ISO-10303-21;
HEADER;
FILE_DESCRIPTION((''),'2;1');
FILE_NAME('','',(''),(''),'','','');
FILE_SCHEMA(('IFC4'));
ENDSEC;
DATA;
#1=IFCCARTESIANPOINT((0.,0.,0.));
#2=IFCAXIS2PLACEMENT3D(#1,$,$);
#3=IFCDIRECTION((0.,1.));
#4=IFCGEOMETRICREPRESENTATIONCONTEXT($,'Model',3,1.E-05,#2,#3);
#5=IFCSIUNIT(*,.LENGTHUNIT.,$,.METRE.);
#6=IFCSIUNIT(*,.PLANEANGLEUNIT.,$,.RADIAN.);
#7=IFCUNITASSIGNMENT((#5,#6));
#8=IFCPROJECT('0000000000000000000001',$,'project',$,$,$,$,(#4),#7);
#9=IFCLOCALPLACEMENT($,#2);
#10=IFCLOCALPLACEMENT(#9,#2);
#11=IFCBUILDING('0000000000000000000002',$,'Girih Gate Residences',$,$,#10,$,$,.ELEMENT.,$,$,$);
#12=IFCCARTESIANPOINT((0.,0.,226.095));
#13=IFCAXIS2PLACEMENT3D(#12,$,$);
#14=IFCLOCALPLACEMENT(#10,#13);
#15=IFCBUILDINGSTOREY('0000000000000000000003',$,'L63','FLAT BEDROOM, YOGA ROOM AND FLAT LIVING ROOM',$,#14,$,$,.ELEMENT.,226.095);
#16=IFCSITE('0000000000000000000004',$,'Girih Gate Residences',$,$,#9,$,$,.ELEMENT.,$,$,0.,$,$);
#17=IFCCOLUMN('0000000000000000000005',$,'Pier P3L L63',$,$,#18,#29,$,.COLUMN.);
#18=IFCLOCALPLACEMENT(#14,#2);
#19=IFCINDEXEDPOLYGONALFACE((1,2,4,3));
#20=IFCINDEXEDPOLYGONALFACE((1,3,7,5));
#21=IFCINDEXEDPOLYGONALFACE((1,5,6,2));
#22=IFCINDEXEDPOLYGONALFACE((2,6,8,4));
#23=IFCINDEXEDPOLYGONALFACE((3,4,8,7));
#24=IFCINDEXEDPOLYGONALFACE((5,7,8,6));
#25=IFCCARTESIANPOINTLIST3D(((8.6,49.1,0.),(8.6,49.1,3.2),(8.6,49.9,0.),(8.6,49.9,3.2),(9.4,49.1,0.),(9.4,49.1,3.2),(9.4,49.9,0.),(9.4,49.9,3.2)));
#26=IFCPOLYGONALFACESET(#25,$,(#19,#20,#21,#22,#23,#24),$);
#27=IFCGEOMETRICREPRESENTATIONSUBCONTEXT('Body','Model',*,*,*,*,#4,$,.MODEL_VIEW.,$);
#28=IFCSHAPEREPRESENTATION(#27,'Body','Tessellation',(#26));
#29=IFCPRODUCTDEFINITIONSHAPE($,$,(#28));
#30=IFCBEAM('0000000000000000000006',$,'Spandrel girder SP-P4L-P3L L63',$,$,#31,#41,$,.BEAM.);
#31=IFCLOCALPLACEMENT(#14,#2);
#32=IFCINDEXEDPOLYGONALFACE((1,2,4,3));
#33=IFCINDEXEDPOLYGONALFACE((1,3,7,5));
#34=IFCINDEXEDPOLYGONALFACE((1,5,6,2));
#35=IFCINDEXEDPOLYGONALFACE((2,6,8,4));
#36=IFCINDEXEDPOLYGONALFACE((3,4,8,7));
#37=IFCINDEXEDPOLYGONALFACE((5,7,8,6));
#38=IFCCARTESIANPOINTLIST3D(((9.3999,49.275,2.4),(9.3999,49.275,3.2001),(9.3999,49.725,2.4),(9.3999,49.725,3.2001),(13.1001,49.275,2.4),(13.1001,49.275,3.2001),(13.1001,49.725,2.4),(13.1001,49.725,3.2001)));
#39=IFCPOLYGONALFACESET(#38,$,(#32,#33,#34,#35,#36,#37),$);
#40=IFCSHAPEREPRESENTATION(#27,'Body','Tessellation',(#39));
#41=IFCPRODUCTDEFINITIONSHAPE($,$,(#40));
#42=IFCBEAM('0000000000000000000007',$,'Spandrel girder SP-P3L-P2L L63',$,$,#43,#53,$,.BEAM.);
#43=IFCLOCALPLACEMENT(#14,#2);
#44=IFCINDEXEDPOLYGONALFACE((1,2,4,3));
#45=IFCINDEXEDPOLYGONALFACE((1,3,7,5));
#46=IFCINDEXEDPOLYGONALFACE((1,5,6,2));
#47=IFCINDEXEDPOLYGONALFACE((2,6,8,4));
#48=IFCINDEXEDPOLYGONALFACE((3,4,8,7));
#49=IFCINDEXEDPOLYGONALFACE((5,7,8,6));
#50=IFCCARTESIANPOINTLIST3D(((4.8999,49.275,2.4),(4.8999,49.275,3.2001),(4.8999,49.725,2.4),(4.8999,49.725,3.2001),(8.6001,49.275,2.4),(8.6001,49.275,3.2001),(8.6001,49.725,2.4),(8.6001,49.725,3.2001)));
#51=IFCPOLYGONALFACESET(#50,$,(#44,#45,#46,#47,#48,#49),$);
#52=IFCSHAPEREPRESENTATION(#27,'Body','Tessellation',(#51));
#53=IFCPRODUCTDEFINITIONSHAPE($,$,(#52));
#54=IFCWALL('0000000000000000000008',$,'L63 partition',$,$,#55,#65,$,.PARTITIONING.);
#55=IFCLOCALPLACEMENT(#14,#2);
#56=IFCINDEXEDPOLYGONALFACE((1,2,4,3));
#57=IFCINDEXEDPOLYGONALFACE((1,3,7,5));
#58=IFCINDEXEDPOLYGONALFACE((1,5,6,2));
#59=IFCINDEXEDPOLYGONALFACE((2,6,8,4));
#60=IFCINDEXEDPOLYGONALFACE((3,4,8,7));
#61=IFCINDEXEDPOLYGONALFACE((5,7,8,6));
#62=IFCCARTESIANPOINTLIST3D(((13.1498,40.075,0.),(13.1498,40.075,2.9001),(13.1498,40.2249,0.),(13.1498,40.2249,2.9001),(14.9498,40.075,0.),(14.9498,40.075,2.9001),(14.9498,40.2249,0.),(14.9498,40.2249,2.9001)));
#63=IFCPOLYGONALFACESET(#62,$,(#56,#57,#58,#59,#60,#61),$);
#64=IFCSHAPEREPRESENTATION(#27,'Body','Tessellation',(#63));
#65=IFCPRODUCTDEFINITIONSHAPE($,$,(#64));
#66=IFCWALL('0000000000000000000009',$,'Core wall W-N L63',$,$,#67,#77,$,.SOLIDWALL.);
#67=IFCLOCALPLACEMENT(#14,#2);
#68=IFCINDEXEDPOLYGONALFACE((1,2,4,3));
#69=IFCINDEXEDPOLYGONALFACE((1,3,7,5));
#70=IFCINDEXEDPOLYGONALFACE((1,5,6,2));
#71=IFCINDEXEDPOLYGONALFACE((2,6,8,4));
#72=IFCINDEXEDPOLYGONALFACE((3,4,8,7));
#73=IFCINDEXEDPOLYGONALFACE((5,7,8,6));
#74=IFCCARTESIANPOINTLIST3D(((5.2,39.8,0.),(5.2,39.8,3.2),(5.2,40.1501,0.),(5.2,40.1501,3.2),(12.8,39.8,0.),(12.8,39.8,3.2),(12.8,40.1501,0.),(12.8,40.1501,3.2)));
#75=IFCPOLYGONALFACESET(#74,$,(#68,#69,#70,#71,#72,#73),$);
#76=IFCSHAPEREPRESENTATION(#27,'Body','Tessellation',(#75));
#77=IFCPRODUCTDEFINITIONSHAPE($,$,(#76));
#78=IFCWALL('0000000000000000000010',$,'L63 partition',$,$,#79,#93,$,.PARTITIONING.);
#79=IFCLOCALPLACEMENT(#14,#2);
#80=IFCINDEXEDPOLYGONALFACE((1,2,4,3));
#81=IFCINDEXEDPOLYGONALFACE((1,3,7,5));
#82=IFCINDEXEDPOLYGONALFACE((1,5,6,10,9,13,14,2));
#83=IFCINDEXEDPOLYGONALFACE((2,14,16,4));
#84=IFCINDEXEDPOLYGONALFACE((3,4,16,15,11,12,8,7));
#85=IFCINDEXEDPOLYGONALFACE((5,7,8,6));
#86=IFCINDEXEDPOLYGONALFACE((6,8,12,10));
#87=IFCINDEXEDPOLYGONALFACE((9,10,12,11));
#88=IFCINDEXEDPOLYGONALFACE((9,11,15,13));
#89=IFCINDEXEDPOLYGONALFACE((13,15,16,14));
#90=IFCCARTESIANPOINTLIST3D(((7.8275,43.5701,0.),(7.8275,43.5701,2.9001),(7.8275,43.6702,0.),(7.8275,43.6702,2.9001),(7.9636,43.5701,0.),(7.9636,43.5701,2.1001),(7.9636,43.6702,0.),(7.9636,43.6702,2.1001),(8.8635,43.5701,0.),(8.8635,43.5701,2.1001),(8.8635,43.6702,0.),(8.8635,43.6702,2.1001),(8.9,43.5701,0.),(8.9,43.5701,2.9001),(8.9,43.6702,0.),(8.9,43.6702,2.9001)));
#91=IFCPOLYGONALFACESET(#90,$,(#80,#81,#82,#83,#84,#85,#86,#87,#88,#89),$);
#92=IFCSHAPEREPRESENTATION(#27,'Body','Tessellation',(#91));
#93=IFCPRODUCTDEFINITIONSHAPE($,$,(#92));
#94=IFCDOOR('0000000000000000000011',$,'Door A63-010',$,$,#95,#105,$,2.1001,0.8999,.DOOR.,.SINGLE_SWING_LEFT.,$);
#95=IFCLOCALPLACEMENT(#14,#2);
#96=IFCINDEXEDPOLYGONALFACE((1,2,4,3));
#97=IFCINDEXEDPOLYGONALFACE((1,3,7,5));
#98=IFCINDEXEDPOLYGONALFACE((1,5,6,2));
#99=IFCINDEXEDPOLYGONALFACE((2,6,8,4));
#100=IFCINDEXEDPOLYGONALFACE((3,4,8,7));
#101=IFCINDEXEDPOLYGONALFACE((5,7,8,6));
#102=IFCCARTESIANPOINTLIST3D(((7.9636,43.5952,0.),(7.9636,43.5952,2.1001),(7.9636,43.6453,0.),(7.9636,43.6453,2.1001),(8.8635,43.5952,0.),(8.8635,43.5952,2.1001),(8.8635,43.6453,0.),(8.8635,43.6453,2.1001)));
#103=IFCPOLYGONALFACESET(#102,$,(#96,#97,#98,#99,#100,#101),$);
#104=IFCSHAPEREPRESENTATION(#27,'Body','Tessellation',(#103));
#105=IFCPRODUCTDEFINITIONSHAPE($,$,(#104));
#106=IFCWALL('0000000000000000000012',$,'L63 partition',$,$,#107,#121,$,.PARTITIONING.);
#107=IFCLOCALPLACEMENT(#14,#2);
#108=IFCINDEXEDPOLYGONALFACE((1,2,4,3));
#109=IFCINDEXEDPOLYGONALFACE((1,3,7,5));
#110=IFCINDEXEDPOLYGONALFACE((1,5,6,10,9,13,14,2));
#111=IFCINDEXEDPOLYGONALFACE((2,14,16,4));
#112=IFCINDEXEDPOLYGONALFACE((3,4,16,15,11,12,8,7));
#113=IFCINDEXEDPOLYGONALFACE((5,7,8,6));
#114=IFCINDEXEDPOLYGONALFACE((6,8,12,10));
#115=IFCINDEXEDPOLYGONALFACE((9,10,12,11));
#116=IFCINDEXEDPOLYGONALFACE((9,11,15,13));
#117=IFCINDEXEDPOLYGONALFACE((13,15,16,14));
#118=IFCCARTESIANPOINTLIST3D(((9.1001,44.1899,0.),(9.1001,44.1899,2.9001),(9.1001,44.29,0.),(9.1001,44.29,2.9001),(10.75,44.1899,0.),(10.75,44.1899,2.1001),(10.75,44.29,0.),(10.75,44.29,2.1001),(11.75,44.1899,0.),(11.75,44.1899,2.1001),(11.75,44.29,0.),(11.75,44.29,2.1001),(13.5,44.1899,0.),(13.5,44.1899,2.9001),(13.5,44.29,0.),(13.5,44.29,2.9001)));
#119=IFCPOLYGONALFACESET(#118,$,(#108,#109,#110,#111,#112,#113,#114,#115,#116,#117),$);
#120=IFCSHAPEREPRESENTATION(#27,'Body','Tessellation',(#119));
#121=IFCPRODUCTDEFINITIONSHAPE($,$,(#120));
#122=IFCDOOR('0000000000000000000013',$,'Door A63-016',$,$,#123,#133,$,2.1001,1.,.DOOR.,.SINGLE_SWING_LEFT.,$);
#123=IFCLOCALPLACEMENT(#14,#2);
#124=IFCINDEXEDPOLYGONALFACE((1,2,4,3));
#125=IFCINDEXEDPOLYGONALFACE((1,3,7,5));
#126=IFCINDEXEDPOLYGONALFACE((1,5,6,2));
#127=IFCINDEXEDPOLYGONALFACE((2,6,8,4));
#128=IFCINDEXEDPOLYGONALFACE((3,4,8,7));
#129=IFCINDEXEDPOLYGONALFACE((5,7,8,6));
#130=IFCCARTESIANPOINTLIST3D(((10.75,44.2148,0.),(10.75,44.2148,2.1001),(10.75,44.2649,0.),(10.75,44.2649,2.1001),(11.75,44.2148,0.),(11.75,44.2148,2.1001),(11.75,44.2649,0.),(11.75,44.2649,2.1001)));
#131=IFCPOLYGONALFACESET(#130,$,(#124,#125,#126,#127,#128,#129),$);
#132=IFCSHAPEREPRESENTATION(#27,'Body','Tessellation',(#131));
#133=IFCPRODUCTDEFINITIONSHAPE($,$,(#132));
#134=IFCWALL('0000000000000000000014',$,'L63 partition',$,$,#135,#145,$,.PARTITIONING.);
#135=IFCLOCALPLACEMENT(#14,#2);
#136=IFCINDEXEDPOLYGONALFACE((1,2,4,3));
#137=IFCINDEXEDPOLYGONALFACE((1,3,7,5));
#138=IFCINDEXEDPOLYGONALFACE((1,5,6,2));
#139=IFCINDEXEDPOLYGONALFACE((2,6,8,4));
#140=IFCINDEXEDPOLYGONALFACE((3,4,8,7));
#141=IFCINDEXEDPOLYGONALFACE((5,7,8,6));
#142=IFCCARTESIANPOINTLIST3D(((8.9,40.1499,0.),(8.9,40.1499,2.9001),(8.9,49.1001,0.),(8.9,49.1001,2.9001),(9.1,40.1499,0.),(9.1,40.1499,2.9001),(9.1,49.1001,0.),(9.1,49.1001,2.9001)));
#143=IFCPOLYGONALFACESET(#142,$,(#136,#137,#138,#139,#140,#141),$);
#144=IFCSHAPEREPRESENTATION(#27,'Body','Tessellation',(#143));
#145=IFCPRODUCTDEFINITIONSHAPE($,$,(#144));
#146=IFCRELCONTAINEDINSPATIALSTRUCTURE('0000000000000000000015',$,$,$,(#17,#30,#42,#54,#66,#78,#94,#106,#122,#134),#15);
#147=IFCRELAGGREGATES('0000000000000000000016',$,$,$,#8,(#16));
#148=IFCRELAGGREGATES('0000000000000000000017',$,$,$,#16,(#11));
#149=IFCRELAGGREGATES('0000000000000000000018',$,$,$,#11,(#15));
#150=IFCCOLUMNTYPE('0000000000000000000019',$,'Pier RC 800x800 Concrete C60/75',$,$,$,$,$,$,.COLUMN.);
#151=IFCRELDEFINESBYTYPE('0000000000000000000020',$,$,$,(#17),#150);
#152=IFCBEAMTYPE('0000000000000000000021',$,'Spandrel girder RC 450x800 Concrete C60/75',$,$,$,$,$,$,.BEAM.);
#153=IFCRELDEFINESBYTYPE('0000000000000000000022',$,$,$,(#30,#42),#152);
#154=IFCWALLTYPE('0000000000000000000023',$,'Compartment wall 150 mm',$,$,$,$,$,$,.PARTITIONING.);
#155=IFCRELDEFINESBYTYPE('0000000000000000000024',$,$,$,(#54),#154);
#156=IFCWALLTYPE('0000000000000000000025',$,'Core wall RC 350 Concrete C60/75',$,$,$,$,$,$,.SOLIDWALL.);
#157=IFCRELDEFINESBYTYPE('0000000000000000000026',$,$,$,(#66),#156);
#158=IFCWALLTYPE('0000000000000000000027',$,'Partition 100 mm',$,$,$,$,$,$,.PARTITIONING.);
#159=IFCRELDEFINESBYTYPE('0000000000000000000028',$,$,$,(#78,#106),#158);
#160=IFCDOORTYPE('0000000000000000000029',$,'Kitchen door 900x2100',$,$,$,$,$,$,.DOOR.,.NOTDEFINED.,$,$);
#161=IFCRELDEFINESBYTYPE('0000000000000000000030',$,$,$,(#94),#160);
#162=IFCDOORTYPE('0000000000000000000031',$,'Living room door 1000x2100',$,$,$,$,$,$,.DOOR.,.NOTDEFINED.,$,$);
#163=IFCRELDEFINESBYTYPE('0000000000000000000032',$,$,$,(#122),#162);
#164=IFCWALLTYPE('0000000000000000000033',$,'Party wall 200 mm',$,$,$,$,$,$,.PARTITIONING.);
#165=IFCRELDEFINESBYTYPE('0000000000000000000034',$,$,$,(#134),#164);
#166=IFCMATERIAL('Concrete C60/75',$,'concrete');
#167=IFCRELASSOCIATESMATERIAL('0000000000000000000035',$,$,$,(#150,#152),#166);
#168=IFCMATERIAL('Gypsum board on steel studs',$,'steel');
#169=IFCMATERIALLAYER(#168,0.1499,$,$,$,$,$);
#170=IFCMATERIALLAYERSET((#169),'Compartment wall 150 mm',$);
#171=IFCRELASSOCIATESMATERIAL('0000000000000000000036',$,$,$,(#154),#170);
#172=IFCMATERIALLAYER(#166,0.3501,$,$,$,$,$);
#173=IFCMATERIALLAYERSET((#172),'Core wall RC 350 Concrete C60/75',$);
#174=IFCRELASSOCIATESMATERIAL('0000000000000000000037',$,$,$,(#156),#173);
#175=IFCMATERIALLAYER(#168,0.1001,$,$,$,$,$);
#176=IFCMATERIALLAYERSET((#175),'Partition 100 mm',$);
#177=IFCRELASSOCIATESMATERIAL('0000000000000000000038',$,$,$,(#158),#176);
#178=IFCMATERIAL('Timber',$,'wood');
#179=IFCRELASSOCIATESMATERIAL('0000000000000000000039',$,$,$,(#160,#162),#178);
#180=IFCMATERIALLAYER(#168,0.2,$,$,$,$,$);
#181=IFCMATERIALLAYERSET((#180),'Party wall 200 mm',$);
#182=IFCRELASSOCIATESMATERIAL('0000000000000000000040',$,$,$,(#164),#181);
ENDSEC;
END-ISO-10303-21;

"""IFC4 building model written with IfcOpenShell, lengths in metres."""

from ifc_helpers import new_model, si_unit, direction, frame, frame_2d, origin, origin_2d, place, context, subcontext, project, spatial, rectangle, extrude, material, layer, layer_set, material_profile, profile_set, type_object, element, fill, save


model = new_model("IFC4")

# Units and contexts
model_context = context("Model", 3, precision=1e-05, world=origin(), true_north=direction((0.0, 1.0)))
body_context = subcontext(model_context, "Body", "Model", "MODEL_VIEW")
ifc_project = project(units=[si_unit("LENGTHUNIT", "METRE"), si_unit("PLANEANGLEUNIT", "RADIAN")], contexts=[model_context])

# Site, building, storey
site_placement = place(None, origin())
site = spatial("IfcSite", under=ifc_project, at=site_placement, Name="Girih Gate Residences", CompositionType="ELEMENT", RefElevation=0.0)
building_placement = place(site_placement, origin())
building = spatial("IfcBuilding", under=site, at=building_placement, Name="Girih Gate Residences", CompositionType="ELEMENT")
storey_placement = place(building_placement, frame((0.0, 0.0, 226.095)))
storey = spatial("IfcBuildingStorey", under=building, at=storey_placement, Name="L63", Description="FLAT BEDROOM, YOGA ROOM AND FLAT LIVING ROOM", CompositionType="ELEMENT", Elevation=226.095)

# Column
ifc_material_1 = material(Name="Concrete C60/75", Category="concrete")
ifc_material_profile_1 = material_profile(ifc_material_1, rectangle(XDim=0.8, YDim=0.8, at=origin_2d()))
ifc_profile_set_1 = profile_set([ifc_material_profile_1], Name="Concrete C60/75")
column_type = type_object("IfcColumnType", Name="Pier RC 800x800 Concrete C60/75", PredefinedType="COLUMN", material=ifc_profile_set_1)
column_placement = place(storey_placement, frame((9.0, 49.5, 0.0), z_axis=(0.0, 0.0, 1.0), x_axis=(1.0, 0.0, 0.0)))
element("IfcColumn", 1, at=column_placement, inside=storey, type_object=column_type, Name="Pier P3L L63", PredefinedType="COLUMN", context=body_context, shape_type="SweptSolid", body=[
    extrude(rectangle(XDim=0.8, YDim=0.8, at=origin_2d()), origin(), (0.0, 0.0, 1.0), 3.2),
])

# Beams
ifc_material_profile_2 = material_profile(ifc_material_1, rectangle(XDim=0.45, YDim=0.8, at=origin_2d()))
ifc_profile_set_2 = profile_set([ifc_material_profile_2], Name="Concrete C60/75")
beam_type = type_object("IfcBeamType", Name="Spandrel girder RC 450x800 Concrete C60/75", PredefinedType="BEAM", material=ifc_profile_set_2)
for number, where, z_axis, x_axis, name in (
    (2, (13.1001, 49.5, 2.8), (-1.0, 0.0, 0.0), (0.0, -1.0, 0.0), "Spandrel girder SP-P4L-P3L L63"),
    (3, (8.6001, 49.5, 2.8), (-1.0, 0.0, 0.0), (0.0, -1.0, 0.0), "Spandrel girder SP-P3L-P2L L63"),
):
    element("IfcBeam", number, at=place(storey_placement, frame(where, z_axis=z_axis, x_axis=x_axis)), inside=storey, type_object=beam_type, Name=name, PredefinedType="BEAM", context=body_context, shape_type="SweptSolid", body=[
        extrude(rectangle(XDim=0.45, YDim=0.8, at=origin_2d()), origin(), (0.0, 0.0, 1.0), 3.7002),
    ])

# Walls
ifc_material_2 = material(Name="Gypsum board on steel studs", Category="steel")
ifc_layer_1 = layer(ifc_material_2, 0.1499)
ifc_layer_set_1 = layer_set([ifc_layer_1], Name="Compartment wall 150 mm")
wall_type_1 = type_object("IfcWallType", Name="Compartment wall 150 mm", PredefinedType="PARTITIONING", material=ifc_layer_set_1)
wall_1_placement = place(storey_placement, frame((13.1499, 40.1499, 0.0), z_axis=(0.0, 0.0, 1.0), x_axis=(1.0, 0.0, 0.0)))
element("IfcWall", 4, at=wall_1_placement, inside=storey, type_object=wall_type_1, Name="L63 partition", PredefinedType="PARTITIONING", context=body_context, shape_type="SweptSolid", body=[
    extrude(rectangle(XDim=1.8, YDim=0.1499, at=frame_2d((0.8999, 0.0))), origin(), (0.0, 0.0, 1.0), 2.9001),
])
ifc_layer_2 = layer(ifc_material_1, 0.3501)
ifc_layer_set_2 = layer_set([ifc_layer_2], Name="Core wall RC 350 Concrete C60/75")
wall_type_2 = type_object("IfcWallType", Name="Core wall RC 350 Concrete C60/75", PredefinedType="SOLIDWALL", material=ifc_layer_set_2)
wall_2_placement = place(storey_placement, frame((5.2, 39.9751, 0.0), z_axis=(0.0, 0.0, 1.0), x_axis=(1.0, 0.0, 0.0)))
element("IfcWall", 5, at=wall_2_placement, inside=storey, type_object=wall_type_2, Name="Core wall W-N L63", PredefinedType="SOLIDWALL", context=body_context, shape_type="SweptSolid", body=[
    extrude(rectangle(XDim=7.6001, YDim=0.3501, at=frame_2d((3.8, 0.0))), origin(), (0.0, 0.0, 1.0), 3.2),
])

# Walls, openings, doors
ifc_layer_3 = layer(ifc_material_2, 0.1001)
ifc_layer_set_3 = layer_set([ifc_layer_3], Name="Partition 100 mm")
wall_type_3 = type_object("IfcWallType", Name="Partition 100 mm", PredefinedType="PARTITIONING", material=ifc_layer_set_3)
wall_3_placement = place(storey_placement, frame((8.8999, 43.6201, 0.0), z_axis=(0.0, 0.0, 1.0), x_axis=(-1.0, 0.0, 0.0)))
wall_3 = element("IfcWall", 6, at=wall_3_placement, inside=storey, type_object=wall_type_3, Name="L63 partition", PredefinedType="PARTITIONING", context=body_context, shape_type="SweptSolid", body=[
    extrude(rectangle(XDim=1.0725, YDim=0.1001, at=frame_2d((0.5361, 0.0))), origin(), (0.0, 0.0, 1.0), 2.9001),
])
opening_1_placement = place(wall_3_placement, frame((0.0364, 0.0, 0.0)))
opening_1 = element("IfcOpeningElement", 7, at=opening_1_placement, cuts=wall_3, PredefinedType="OPENING", context=body_context, shape_type="SweptSolid", body=[
    extrude(rectangle(XDim=0.8999, YDim=2.1001, at=frame_2d((0.45, 1.05))), frame((0.0, 0.0601, 0.0), z_axis=(0.0, -1.0, 0.0), x_axis=(1.0, 0.0, 0.0)), (0.0, 0.0, 1.0), 0.1201),
])
ifc_material_3 = material(Name="Timber", Category="wood")
door_type_1 = type_object("IfcDoorType", Name="Kitchen door 900x2100", OperationType="NOTDEFINED", PredefinedType="DOOR", material=ifc_material_3)
door_1_placement = place(opening_1_placement, origin())
door_1 = element("IfcDoor", 8, at=door_1_placement, inside=storey, type_object=door_type_1, Name="Door A63-010", OperationType="SINGLE_SWING_LEFT", OverallHeight=2.1001, OverallWidth=0.8999, PredefinedType="DOOR", context=body_context, shape_type="SweptSolid", body=[
    extrude(rectangle(XDim=0.8999, YDim=2.1001, at=frame_2d((0.45, 1.05))), frame((0.0, 0.0249, 0.0), z_axis=(0.0, -1.0, 0.0), x_axis=(1.0, 0.0, 0.0)), (0.0, 0.0, 1.0), 0.05),
])
fill(opening_1, door_1)
wall_4_placement = place(storey_placement, frame((9.1001, 44.24, 0.0), z_axis=(0.0, 0.0, 1.0), x_axis=(1.0, 0.0, 0.0)))
wall_4 = element("IfcWall", 9, at=wall_4_placement, inside=storey, type_object=wall_type_3, Name="L63 partition", PredefinedType="PARTITIONING", context=body_context, shape_type="SweptSolid", body=[
    extrude(rectangle(XDim=4.3999, YDim=0.1001, at=frame_2d((2.2, 0.0))), origin(), (0.0, 0.0, 1.0), 2.9001),
])
opening_2_placement = place(wall_4_placement, frame((1.6499, 0.0, 0.0)))
opening_2 = element("IfcOpeningElement", 10, at=opening_2_placement, cuts=wall_4, PredefinedType="OPENING", context=body_context, shape_type="SweptSolid", body=[
    extrude(rectangle(XDim=1.0, YDim=2.1001, at=frame_2d((0.5, 1.05))), frame((0.0, 0.0601, 0.0), z_axis=(0.0, -1.0, 0.0), x_axis=(1.0, 0.0, 0.0)), (0.0, 0.0, 1.0), 0.1201),
])
door_type_2 = type_object("IfcDoorType", Name="Living room door 1000x2100", OperationType="NOTDEFINED", PredefinedType="DOOR", material=ifc_material_3)
door_2_placement = place(opening_2_placement, origin())
door_2 = element("IfcDoor", 11, at=door_2_placement, inside=storey, type_object=door_type_2, Name="Door A63-016", OperationType="SINGLE_SWING_LEFT", OverallHeight=2.1001, OverallWidth=1.0, PredefinedType="DOOR", context=body_context, shape_type="SweptSolid", body=[
    extrude(rectangle(XDim=1.0, YDim=2.1001, at=frame_2d((0.5, 1.05))), frame((0.0, 0.0249, 0.0), z_axis=(0.0, -1.0, 0.0), x_axis=(1.0, 0.0, 0.0)), (0.0, 0.0, 1.0), 0.05),
])
fill(opening_2, door_2)

# Wall
ifc_layer_4 = layer(ifc_material_2, 0.2)
ifc_layer_set_4 = layer_set([ifc_layer_4], Name="Party wall 200 mm")
wall_type_4 = type_object("IfcWallType", Name="Party wall 200 mm", PredefinedType="PARTITIONING", material=ifc_layer_set_4)
wall_5_placement = place(storey_placement, frame((9.0, 40.1499, 0.0), z_axis=(0.0, 0.0, 1.0), x_axis=(0.0, 1.0, 0.0)))
element("IfcWall", 12, at=wall_5_placement, inside=storey, type_object=wall_type_4, Name="L63 partition", PredefinedType="PARTITIONING", context=body_context, shape_type="SweptSolid", body=[
    extrude(rectangle(XDim=8.9502, YDim=0.2, at=frame_2d((4.4751, 0.0))), origin(), (0.0, 0.0, 1.0), 2.9001),
])

save(model, "model.ifc")
